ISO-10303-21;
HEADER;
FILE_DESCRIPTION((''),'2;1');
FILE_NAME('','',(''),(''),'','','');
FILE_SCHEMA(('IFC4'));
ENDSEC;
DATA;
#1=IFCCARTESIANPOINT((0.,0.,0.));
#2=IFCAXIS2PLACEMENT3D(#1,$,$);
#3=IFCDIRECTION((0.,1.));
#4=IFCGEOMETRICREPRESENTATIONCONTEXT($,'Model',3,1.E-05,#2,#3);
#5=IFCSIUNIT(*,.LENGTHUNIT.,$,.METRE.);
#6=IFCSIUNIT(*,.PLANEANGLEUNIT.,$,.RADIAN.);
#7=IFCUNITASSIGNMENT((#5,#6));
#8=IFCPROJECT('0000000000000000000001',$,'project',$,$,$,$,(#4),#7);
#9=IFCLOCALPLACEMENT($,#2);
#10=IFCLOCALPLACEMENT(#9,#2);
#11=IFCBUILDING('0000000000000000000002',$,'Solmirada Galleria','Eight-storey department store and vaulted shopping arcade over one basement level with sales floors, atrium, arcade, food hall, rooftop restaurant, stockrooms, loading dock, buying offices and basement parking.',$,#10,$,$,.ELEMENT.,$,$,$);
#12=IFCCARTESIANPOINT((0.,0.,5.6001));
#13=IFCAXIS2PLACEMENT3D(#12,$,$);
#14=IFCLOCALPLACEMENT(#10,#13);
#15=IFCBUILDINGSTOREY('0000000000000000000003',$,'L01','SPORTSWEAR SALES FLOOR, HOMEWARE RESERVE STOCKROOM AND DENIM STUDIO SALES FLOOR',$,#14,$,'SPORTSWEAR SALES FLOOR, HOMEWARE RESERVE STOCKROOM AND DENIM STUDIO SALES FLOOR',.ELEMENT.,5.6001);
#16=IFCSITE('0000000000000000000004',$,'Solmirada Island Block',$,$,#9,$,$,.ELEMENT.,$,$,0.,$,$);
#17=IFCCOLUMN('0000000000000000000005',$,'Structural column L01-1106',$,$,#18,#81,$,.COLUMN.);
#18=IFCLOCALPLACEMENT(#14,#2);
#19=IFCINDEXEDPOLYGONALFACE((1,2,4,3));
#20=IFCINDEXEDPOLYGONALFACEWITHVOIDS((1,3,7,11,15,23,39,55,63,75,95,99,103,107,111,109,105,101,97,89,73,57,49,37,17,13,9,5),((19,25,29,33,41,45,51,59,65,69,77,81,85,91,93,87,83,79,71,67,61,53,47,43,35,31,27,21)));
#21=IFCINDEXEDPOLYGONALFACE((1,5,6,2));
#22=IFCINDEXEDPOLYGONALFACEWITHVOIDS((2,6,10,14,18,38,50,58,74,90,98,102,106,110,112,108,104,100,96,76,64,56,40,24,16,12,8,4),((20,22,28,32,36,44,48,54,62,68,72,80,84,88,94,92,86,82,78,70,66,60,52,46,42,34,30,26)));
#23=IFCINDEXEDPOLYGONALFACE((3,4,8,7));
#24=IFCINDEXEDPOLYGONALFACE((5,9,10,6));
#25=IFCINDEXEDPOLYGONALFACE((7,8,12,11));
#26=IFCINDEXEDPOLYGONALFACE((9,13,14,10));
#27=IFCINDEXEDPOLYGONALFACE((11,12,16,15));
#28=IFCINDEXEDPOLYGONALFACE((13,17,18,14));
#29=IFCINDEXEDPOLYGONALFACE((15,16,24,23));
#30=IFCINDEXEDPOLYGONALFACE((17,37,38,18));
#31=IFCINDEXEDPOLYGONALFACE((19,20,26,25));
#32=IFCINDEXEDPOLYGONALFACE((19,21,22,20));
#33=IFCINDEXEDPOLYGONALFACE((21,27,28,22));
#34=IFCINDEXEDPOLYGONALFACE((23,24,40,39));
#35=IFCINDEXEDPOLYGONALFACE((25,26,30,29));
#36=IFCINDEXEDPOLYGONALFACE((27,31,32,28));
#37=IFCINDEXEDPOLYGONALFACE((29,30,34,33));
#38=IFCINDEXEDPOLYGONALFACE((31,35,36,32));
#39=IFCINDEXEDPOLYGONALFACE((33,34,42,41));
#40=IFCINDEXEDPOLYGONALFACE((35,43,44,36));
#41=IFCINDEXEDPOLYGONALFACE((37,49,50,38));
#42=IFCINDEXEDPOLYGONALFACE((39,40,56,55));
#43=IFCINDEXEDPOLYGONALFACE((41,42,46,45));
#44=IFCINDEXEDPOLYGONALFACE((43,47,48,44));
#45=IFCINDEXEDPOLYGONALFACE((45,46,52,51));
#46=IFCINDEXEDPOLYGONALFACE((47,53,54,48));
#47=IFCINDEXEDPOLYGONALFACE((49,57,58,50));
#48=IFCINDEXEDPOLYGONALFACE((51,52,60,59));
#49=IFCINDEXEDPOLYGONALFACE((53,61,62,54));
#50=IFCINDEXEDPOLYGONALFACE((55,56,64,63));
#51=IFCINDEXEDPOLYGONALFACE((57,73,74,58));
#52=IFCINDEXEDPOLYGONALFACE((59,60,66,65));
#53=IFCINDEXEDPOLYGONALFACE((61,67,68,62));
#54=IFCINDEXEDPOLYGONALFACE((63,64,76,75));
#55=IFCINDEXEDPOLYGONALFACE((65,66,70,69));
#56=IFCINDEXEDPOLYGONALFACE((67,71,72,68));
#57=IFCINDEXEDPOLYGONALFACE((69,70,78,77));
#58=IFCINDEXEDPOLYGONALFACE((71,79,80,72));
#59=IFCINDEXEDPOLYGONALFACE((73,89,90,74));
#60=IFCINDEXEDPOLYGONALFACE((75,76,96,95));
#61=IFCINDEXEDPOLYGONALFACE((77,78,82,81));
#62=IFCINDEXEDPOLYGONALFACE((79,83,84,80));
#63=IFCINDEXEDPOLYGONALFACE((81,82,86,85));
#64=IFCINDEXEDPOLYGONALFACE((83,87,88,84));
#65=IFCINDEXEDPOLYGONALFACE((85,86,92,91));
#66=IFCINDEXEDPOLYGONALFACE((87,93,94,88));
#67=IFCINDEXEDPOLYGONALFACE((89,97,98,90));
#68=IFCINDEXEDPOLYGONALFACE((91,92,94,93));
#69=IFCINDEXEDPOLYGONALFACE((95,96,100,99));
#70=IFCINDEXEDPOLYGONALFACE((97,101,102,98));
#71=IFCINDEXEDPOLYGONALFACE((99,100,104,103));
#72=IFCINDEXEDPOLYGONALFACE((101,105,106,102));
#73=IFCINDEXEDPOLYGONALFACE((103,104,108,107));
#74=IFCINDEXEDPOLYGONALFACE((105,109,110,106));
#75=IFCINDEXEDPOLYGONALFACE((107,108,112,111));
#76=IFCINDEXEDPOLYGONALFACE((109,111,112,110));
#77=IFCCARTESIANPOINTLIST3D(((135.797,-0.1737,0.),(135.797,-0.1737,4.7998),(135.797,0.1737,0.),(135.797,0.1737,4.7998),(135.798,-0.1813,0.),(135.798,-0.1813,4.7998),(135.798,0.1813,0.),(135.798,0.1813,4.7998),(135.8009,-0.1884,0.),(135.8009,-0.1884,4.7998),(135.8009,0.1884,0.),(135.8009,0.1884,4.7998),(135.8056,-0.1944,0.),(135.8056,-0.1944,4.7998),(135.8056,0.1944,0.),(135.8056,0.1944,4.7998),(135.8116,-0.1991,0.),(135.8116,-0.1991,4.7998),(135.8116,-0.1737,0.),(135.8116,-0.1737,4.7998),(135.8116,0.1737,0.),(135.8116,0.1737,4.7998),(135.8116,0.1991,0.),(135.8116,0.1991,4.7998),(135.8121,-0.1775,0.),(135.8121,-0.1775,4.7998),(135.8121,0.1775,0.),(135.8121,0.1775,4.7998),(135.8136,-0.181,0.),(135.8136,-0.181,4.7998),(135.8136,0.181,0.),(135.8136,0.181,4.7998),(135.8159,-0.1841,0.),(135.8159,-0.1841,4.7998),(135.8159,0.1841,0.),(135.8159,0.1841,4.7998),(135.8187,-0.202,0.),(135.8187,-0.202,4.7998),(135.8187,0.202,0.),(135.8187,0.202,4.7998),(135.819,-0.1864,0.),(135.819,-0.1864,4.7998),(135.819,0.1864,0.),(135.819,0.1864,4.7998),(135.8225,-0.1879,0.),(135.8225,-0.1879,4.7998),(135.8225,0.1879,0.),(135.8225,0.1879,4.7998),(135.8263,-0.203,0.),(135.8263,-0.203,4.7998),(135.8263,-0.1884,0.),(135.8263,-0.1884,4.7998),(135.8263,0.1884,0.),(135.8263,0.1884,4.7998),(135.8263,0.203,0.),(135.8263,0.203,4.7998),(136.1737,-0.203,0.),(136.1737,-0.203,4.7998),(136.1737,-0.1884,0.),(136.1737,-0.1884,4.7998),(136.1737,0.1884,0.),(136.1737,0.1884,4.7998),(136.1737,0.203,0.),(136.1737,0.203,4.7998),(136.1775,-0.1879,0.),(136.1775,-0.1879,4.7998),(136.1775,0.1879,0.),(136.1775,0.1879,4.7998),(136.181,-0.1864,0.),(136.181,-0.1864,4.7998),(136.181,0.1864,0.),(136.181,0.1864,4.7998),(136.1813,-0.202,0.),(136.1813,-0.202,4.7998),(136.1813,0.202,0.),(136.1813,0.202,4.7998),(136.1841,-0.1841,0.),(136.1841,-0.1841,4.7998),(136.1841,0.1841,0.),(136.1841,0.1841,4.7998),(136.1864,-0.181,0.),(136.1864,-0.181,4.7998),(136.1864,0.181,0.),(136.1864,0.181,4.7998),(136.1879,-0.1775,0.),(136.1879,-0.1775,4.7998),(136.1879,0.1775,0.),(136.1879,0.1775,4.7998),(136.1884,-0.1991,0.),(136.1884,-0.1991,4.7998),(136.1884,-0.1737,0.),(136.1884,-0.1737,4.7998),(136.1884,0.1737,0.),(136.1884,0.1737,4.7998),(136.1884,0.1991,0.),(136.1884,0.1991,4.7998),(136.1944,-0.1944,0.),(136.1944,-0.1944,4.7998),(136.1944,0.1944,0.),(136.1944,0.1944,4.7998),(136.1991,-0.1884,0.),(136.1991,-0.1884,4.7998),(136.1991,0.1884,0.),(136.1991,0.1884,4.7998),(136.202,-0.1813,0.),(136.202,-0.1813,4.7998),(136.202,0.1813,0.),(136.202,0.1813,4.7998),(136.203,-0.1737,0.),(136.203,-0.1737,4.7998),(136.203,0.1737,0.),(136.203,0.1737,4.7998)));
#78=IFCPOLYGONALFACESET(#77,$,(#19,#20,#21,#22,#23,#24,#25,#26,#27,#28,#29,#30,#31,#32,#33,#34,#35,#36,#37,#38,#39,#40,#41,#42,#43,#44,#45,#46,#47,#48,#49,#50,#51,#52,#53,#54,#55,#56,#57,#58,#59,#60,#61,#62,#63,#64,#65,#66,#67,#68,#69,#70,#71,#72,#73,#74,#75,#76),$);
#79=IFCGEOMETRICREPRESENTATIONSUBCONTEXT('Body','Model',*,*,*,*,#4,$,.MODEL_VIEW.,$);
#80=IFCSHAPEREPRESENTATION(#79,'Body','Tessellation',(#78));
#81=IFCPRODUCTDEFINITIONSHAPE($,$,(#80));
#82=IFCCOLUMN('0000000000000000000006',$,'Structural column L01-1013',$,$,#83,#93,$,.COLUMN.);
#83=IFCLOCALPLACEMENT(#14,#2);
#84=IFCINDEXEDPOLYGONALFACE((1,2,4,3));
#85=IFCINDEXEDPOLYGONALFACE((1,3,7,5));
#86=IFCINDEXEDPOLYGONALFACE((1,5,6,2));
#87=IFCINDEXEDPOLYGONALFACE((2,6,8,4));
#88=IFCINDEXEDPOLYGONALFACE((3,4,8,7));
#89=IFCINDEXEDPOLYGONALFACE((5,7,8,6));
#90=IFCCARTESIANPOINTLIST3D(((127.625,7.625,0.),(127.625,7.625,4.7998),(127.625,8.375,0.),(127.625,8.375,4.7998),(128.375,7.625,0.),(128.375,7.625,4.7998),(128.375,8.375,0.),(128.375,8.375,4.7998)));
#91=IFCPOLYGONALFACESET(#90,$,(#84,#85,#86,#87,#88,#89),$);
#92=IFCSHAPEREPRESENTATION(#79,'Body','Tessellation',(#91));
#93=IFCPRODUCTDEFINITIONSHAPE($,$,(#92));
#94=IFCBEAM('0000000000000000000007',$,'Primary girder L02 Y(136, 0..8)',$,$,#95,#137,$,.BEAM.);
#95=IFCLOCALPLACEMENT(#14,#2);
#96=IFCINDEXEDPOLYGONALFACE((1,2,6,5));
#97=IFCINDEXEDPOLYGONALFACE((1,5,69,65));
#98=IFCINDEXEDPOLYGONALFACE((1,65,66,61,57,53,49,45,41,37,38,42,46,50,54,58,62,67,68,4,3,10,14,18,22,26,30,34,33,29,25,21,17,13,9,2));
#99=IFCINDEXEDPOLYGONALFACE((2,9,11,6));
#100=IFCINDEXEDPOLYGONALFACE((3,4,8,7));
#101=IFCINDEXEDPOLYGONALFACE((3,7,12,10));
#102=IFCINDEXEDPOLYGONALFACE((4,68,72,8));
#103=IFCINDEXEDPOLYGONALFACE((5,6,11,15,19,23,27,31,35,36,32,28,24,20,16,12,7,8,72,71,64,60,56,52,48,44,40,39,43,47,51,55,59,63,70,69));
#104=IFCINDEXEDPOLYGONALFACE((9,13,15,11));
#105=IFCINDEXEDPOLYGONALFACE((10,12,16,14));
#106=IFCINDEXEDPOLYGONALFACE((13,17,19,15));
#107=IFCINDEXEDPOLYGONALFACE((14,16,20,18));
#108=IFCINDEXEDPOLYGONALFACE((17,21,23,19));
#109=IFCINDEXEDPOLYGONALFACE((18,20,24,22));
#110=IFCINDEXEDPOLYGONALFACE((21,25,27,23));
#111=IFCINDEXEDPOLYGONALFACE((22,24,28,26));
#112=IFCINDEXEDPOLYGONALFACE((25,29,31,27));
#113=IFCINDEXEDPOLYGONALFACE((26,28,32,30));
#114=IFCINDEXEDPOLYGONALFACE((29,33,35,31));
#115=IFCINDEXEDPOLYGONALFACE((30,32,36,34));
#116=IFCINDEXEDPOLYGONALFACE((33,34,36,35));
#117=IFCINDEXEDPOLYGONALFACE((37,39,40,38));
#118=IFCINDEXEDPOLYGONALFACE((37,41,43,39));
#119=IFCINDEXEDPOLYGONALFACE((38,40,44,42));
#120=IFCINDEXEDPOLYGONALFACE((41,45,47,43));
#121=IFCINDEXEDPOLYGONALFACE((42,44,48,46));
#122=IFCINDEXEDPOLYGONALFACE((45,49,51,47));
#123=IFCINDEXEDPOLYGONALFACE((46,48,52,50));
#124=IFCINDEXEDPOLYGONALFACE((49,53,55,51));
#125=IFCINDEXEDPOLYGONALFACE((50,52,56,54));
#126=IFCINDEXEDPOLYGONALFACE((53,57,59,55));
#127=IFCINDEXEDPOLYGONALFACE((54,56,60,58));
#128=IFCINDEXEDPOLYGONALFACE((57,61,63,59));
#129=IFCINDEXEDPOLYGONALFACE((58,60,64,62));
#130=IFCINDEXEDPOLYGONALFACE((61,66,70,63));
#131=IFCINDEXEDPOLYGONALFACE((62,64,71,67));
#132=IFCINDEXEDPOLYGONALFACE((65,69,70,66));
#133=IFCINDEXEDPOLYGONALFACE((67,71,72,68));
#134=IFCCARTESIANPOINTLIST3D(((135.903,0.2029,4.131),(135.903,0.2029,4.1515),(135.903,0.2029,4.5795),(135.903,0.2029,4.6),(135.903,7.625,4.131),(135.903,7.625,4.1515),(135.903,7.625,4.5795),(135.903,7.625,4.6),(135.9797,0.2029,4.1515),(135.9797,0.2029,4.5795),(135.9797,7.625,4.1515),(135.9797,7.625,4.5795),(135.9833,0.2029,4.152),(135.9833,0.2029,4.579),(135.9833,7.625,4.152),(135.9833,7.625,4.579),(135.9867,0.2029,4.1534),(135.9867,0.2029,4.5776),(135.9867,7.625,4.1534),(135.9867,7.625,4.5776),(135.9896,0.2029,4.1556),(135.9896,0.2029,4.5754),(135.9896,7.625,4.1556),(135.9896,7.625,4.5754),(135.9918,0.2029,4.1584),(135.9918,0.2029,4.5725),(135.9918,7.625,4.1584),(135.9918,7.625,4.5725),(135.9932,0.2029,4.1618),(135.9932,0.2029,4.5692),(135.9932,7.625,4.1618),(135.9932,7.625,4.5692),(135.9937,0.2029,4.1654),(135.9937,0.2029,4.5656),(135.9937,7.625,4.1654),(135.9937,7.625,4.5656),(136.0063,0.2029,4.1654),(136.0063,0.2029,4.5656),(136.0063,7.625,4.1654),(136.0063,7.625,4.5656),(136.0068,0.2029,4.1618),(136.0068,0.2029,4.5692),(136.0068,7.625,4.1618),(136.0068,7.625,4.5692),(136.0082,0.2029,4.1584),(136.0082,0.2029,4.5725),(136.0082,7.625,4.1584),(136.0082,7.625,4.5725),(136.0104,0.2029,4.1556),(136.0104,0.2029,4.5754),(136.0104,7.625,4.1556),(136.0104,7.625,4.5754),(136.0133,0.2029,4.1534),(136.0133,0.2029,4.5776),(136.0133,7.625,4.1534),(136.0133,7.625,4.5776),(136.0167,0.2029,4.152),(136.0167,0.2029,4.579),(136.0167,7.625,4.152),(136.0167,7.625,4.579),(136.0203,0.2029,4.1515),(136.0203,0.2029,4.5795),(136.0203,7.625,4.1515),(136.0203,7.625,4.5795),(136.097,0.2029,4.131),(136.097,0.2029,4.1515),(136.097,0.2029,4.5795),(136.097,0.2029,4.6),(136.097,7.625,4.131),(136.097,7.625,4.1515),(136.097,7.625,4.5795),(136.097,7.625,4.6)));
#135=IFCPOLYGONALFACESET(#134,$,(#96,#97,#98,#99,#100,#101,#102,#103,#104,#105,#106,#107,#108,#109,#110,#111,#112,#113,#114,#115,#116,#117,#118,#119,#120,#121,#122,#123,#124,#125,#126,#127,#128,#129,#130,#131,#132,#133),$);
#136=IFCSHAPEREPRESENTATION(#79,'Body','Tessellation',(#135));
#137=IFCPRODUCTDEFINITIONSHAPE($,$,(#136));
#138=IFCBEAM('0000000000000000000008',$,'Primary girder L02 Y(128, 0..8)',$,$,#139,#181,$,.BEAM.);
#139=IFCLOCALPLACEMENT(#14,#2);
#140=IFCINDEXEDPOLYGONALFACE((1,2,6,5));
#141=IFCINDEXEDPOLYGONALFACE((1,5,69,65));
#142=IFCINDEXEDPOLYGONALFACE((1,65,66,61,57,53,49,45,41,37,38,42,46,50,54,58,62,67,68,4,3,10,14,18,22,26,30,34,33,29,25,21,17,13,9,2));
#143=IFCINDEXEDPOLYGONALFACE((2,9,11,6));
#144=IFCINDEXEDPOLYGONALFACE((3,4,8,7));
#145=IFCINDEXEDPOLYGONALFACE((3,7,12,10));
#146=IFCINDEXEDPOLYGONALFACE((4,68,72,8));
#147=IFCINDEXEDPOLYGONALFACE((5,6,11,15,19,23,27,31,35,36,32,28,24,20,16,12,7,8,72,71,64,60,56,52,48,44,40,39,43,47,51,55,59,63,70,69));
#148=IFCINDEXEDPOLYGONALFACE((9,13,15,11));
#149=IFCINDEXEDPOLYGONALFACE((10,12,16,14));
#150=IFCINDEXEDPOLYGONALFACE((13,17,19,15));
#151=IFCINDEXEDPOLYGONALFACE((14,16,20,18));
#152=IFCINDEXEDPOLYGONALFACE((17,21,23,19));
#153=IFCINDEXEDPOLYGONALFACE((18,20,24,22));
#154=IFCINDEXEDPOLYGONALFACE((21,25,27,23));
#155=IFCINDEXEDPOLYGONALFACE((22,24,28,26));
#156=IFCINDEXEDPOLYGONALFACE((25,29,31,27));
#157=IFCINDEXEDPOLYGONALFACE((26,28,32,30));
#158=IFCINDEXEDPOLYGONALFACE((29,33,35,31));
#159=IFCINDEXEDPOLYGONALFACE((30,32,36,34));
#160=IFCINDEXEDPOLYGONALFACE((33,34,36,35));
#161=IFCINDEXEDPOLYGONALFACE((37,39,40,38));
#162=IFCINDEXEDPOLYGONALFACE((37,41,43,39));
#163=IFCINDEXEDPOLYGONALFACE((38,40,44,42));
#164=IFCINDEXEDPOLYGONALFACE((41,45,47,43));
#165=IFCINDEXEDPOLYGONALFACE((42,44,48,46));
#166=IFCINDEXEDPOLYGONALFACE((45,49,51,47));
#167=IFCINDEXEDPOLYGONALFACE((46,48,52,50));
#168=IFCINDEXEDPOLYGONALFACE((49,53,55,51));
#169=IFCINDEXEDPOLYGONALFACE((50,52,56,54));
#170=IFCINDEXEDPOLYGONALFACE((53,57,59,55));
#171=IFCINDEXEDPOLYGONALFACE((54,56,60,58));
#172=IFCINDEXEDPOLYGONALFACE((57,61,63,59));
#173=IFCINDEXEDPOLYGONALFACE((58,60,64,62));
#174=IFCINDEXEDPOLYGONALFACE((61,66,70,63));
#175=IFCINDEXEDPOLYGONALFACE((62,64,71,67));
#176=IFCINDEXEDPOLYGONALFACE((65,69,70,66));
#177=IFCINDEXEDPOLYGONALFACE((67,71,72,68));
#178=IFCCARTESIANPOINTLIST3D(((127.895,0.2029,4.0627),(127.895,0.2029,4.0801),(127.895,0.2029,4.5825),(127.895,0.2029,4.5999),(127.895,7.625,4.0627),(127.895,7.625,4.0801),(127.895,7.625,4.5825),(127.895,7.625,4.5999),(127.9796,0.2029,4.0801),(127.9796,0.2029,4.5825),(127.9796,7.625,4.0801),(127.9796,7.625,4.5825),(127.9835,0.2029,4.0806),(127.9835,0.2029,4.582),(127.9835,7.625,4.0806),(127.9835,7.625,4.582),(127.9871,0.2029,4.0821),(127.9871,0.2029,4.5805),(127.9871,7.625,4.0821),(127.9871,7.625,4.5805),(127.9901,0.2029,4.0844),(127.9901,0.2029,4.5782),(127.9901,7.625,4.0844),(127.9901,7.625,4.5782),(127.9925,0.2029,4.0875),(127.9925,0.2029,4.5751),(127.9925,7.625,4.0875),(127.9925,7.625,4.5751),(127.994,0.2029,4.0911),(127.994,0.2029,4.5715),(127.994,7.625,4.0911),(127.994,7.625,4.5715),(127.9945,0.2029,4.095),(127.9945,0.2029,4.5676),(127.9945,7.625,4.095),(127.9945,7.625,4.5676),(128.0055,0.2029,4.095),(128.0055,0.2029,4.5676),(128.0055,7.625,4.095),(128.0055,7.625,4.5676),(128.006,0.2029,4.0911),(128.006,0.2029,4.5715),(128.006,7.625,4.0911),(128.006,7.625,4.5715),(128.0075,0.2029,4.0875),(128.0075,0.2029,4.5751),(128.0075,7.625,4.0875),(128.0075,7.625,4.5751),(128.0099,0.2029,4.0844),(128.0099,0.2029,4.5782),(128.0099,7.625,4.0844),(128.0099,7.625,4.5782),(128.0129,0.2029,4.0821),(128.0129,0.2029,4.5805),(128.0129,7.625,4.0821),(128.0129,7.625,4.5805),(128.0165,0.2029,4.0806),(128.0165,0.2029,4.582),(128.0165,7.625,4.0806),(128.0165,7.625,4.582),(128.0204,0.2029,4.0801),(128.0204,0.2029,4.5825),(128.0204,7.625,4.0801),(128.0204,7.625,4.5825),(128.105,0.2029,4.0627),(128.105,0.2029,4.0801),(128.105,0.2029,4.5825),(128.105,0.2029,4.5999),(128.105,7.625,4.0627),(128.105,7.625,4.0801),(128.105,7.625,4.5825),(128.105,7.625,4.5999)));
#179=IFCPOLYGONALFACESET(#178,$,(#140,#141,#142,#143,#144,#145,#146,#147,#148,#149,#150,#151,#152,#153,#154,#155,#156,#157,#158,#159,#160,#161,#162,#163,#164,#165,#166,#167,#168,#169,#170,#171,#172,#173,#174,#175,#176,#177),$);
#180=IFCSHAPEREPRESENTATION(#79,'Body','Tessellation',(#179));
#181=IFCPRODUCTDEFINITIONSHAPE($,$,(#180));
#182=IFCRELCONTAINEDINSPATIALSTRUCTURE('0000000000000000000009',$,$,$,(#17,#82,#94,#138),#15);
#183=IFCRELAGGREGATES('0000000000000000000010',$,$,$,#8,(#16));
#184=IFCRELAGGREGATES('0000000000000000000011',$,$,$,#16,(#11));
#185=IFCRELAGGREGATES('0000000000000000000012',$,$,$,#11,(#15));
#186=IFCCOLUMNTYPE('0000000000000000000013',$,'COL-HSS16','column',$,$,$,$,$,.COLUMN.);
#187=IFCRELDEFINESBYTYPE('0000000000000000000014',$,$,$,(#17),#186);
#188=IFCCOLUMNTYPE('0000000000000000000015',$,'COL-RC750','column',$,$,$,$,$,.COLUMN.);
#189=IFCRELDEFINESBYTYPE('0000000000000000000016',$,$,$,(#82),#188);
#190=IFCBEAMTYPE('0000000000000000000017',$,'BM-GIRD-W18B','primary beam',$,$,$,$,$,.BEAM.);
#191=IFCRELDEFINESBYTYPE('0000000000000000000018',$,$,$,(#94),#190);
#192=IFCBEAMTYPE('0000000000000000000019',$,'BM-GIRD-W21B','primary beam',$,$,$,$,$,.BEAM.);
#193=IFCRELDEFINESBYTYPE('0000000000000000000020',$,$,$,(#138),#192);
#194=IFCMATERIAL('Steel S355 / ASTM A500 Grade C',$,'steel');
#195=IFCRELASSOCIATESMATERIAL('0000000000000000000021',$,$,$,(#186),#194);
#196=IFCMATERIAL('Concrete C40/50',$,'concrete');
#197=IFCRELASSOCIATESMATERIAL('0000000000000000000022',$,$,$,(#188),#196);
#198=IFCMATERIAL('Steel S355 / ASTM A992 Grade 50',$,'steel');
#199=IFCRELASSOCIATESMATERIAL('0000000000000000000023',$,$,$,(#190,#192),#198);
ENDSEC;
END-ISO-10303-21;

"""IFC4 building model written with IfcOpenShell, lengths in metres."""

from ifc_helpers import new_model, si_unit, direction, frame, origin, origin_2d, place, context, subcontext, project, spatial, rectangle, hollow_rectangle, i_section, extrude, material, material_profile, profile_set, type_object, element, save


model = new_model("IFC4")

# Units and contexts
model_context = context("Model", 3, precision=1e-05, world=origin(), true_north=direction((0.0, 1.0)))
body_context = subcontext(model_context, "Body", "Model", "MODEL_VIEW")
ifc_project = project(units=[si_unit("LENGTHUNIT", "METRE"), si_unit("PLANEANGLEUNIT", "RADIAN")], contexts=[model_context])

# Site, building, storey
site_placement = place(None, origin())
site = spatial("IfcSite", under=ifc_project, at=site_placement, Name="Solmirada Island Block", CompositionType="ELEMENT", RefElevation=0.0)
building_placement = place(site_placement, origin())
building = spatial("IfcBuilding", under=site, at=building_placement, Name="Solmirada Galleria", Description="Eight-storey department store and vaulted shopping arcade over one basement level with sales floors, atrium, arcade, food hall, rooftop restaurant, stockrooms, loading dock, buying offices and basement parking.", CompositionType="ELEMENT")
storey_placement = place(building_placement, frame((0.0, 0.0, 5.6001)))
storey = spatial("IfcBuildingStorey", under=building, at=storey_placement, Name="L01", Description="SPORTSWEAR SALES FLOOR, HOMEWARE RESERVE STOCKROOM AND DENIM STUDIO SALES FLOOR", LongName="SPORTSWEAR SALES FLOOR, HOMEWARE RESERVE STOCKROOM AND DENIM STUDIO SALES FLOOR", CompositionType="ELEMENT", Elevation=5.6001)

# Columns
ifc_material_1 = material(Name="Steel S355 / ASTM A500 Grade C", Category="steel")
ifc_material_profile_1 = material_profile(ifc_material_1, hollow_rectangle(XDim=0.406, YDim=0.406, WallThickness=0.0146, InnerFilletRadius=0.0146, OuterFilletRadius=0.0293, at=origin_2d()), Name="HSS16X16X5/8")
ifc_profile_set_1 = profile_set([ifc_material_profile_1], Name="Steel S355 / ASTM A500 Grade C")
column_type_1 = type_object("IfcColumnType", Name="COL-HSS16", Description="column", PredefinedType="COLUMN", material=ifc_profile_set_1)
column_1_placement = place(storey_placement, frame((136.0, 0.0, 0.0), z_axis=(0.0, 0.0, 1.0), x_axis=(1.0, 0.0, 0.0)))
element("IfcColumn", 1, at=column_1_placement, inside=storey, type_object=column_type_1, Name="Structural column L01-1106", PredefinedType="COLUMN", context=body_context, shape_type="SweptSolid", body=[
    extrude(hollow_rectangle(XDim=0.406, YDim=0.406, WallThickness=0.0146, InnerFilletRadius=0.0146, OuterFilletRadius=0.0293, at=origin_2d()), origin(), (0.0, 0.0, 1.0), 4.7998),
])
ifc_material_2 = material(Name="Concrete C40/50", Category="concrete")
ifc_material_profile_2 = material_profile(ifc_material_2, rectangle(XDim=0.75, YDim=0.75, at=origin_2d()), Name="RC750X750")
ifc_profile_set_2 = profile_set([ifc_material_profile_2], Name="Concrete C40/50")
column_type_2 = type_object("IfcColumnType", Name="COL-RC750", Description="column", PredefinedType="COLUMN", material=ifc_profile_set_2)
column_2_placement = place(storey_placement, frame((128.0, 8.0, 0.0), z_axis=(0.0, 0.0, 1.0), x_axis=(1.0, 0.0, 0.0)))
element("IfcColumn", 2, at=column_2_placement, inside=storey, type_object=column_type_2, Name="Structural column L01-1013", PredefinedType="COLUMN", context=body_context, shape_type="SweptSolid", body=[
    extrude(rectangle(XDim=0.75, YDim=0.75, at=origin_2d()), origin(), (0.0, 0.0, 1.0), 4.7998),
])

# Beams
ifc_material_3 = material(Name="Steel S355 / ASTM A992 Grade 50", Category="steel")
ifc_material_profile_3 = material_profile(ifc_material_3, i_section(OverallWidth=0.1941, OverallDepth=0.469, WebThickness=0.0127, FlangeThickness=0.0205, FilletRadius=0.0139, at=origin_2d()), Name="W18X71")
ifc_profile_set_3 = profile_set([ifc_material_profile_3], Name="Steel S355 / ASTM A992 Grade 50")
beam_type_1 = type_object("IfcBeamType", Name="BM-GIRD-W18B", Description="primary beam", PredefinedType="BEAM", material=ifc_profile_set_3)
beam_1_placement = place(storey_placement, frame((136.0, 0.2029, 4.3655), z_axis=(0.0, 1.0, 0.0), x_axis=(-1.0, 0.0, 0.0)))
element("IfcBeam", 3, at=beam_1_placement, inside=storey, type_object=beam_type_1, Name="Primary girder L02 Y(136, 0..8)", PredefinedType="BEAM", context=body_context, shape_type="SweptSolid", body=[
    extrude(i_section(OverallWidth=0.1941, OverallDepth=0.469, WebThickness=0.0127, FlangeThickness=0.0205, FilletRadius=0.0139, at=origin_2d()), origin(), (0.0, 0.0, 1.0), 7.4221),
])
ifc_material_profile_4 = material_profile(ifc_material_3, i_section(OverallWidth=0.21, OverallDepth=0.5371, WebThickness=0.011, FlangeThickness=0.0173, FilletRadius=0.0149, at=origin_2d()), Name="W21X68")
ifc_profile_set_4 = profile_set([ifc_material_profile_4], Name="Steel S355 / ASTM A992 Grade 50")
beam_type_2 = type_object("IfcBeamType", Name="BM-GIRD-W21B", Description="primary beam", PredefinedType="BEAM", material=ifc_profile_set_4)
beam_2_placement = place(storey_placement, frame((128.0, 0.2029, 4.3313), z_axis=(0.0, 1.0, 0.0), x_axis=(-1.0, 0.0, 0.0)))
element("IfcBeam", 4, at=beam_2_placement, inside=storey, type_object=beam_type_2, Name="Primary girder L02 Y(128, 0..8)", PredefinedType="BEAM", context=body_context, shape_type="SweptSolid", body=[
    extrude(i_section(OverallWidth=0.21, OverallDepth=0.5371, WebThickness=0.011, FlangeThickness=0.0173, FilletRadius=0.0149, at=origin_2d()), origin(), (0.0, 0.0, 1.0), 7.4221),
])

save(model, "model.ifc")
